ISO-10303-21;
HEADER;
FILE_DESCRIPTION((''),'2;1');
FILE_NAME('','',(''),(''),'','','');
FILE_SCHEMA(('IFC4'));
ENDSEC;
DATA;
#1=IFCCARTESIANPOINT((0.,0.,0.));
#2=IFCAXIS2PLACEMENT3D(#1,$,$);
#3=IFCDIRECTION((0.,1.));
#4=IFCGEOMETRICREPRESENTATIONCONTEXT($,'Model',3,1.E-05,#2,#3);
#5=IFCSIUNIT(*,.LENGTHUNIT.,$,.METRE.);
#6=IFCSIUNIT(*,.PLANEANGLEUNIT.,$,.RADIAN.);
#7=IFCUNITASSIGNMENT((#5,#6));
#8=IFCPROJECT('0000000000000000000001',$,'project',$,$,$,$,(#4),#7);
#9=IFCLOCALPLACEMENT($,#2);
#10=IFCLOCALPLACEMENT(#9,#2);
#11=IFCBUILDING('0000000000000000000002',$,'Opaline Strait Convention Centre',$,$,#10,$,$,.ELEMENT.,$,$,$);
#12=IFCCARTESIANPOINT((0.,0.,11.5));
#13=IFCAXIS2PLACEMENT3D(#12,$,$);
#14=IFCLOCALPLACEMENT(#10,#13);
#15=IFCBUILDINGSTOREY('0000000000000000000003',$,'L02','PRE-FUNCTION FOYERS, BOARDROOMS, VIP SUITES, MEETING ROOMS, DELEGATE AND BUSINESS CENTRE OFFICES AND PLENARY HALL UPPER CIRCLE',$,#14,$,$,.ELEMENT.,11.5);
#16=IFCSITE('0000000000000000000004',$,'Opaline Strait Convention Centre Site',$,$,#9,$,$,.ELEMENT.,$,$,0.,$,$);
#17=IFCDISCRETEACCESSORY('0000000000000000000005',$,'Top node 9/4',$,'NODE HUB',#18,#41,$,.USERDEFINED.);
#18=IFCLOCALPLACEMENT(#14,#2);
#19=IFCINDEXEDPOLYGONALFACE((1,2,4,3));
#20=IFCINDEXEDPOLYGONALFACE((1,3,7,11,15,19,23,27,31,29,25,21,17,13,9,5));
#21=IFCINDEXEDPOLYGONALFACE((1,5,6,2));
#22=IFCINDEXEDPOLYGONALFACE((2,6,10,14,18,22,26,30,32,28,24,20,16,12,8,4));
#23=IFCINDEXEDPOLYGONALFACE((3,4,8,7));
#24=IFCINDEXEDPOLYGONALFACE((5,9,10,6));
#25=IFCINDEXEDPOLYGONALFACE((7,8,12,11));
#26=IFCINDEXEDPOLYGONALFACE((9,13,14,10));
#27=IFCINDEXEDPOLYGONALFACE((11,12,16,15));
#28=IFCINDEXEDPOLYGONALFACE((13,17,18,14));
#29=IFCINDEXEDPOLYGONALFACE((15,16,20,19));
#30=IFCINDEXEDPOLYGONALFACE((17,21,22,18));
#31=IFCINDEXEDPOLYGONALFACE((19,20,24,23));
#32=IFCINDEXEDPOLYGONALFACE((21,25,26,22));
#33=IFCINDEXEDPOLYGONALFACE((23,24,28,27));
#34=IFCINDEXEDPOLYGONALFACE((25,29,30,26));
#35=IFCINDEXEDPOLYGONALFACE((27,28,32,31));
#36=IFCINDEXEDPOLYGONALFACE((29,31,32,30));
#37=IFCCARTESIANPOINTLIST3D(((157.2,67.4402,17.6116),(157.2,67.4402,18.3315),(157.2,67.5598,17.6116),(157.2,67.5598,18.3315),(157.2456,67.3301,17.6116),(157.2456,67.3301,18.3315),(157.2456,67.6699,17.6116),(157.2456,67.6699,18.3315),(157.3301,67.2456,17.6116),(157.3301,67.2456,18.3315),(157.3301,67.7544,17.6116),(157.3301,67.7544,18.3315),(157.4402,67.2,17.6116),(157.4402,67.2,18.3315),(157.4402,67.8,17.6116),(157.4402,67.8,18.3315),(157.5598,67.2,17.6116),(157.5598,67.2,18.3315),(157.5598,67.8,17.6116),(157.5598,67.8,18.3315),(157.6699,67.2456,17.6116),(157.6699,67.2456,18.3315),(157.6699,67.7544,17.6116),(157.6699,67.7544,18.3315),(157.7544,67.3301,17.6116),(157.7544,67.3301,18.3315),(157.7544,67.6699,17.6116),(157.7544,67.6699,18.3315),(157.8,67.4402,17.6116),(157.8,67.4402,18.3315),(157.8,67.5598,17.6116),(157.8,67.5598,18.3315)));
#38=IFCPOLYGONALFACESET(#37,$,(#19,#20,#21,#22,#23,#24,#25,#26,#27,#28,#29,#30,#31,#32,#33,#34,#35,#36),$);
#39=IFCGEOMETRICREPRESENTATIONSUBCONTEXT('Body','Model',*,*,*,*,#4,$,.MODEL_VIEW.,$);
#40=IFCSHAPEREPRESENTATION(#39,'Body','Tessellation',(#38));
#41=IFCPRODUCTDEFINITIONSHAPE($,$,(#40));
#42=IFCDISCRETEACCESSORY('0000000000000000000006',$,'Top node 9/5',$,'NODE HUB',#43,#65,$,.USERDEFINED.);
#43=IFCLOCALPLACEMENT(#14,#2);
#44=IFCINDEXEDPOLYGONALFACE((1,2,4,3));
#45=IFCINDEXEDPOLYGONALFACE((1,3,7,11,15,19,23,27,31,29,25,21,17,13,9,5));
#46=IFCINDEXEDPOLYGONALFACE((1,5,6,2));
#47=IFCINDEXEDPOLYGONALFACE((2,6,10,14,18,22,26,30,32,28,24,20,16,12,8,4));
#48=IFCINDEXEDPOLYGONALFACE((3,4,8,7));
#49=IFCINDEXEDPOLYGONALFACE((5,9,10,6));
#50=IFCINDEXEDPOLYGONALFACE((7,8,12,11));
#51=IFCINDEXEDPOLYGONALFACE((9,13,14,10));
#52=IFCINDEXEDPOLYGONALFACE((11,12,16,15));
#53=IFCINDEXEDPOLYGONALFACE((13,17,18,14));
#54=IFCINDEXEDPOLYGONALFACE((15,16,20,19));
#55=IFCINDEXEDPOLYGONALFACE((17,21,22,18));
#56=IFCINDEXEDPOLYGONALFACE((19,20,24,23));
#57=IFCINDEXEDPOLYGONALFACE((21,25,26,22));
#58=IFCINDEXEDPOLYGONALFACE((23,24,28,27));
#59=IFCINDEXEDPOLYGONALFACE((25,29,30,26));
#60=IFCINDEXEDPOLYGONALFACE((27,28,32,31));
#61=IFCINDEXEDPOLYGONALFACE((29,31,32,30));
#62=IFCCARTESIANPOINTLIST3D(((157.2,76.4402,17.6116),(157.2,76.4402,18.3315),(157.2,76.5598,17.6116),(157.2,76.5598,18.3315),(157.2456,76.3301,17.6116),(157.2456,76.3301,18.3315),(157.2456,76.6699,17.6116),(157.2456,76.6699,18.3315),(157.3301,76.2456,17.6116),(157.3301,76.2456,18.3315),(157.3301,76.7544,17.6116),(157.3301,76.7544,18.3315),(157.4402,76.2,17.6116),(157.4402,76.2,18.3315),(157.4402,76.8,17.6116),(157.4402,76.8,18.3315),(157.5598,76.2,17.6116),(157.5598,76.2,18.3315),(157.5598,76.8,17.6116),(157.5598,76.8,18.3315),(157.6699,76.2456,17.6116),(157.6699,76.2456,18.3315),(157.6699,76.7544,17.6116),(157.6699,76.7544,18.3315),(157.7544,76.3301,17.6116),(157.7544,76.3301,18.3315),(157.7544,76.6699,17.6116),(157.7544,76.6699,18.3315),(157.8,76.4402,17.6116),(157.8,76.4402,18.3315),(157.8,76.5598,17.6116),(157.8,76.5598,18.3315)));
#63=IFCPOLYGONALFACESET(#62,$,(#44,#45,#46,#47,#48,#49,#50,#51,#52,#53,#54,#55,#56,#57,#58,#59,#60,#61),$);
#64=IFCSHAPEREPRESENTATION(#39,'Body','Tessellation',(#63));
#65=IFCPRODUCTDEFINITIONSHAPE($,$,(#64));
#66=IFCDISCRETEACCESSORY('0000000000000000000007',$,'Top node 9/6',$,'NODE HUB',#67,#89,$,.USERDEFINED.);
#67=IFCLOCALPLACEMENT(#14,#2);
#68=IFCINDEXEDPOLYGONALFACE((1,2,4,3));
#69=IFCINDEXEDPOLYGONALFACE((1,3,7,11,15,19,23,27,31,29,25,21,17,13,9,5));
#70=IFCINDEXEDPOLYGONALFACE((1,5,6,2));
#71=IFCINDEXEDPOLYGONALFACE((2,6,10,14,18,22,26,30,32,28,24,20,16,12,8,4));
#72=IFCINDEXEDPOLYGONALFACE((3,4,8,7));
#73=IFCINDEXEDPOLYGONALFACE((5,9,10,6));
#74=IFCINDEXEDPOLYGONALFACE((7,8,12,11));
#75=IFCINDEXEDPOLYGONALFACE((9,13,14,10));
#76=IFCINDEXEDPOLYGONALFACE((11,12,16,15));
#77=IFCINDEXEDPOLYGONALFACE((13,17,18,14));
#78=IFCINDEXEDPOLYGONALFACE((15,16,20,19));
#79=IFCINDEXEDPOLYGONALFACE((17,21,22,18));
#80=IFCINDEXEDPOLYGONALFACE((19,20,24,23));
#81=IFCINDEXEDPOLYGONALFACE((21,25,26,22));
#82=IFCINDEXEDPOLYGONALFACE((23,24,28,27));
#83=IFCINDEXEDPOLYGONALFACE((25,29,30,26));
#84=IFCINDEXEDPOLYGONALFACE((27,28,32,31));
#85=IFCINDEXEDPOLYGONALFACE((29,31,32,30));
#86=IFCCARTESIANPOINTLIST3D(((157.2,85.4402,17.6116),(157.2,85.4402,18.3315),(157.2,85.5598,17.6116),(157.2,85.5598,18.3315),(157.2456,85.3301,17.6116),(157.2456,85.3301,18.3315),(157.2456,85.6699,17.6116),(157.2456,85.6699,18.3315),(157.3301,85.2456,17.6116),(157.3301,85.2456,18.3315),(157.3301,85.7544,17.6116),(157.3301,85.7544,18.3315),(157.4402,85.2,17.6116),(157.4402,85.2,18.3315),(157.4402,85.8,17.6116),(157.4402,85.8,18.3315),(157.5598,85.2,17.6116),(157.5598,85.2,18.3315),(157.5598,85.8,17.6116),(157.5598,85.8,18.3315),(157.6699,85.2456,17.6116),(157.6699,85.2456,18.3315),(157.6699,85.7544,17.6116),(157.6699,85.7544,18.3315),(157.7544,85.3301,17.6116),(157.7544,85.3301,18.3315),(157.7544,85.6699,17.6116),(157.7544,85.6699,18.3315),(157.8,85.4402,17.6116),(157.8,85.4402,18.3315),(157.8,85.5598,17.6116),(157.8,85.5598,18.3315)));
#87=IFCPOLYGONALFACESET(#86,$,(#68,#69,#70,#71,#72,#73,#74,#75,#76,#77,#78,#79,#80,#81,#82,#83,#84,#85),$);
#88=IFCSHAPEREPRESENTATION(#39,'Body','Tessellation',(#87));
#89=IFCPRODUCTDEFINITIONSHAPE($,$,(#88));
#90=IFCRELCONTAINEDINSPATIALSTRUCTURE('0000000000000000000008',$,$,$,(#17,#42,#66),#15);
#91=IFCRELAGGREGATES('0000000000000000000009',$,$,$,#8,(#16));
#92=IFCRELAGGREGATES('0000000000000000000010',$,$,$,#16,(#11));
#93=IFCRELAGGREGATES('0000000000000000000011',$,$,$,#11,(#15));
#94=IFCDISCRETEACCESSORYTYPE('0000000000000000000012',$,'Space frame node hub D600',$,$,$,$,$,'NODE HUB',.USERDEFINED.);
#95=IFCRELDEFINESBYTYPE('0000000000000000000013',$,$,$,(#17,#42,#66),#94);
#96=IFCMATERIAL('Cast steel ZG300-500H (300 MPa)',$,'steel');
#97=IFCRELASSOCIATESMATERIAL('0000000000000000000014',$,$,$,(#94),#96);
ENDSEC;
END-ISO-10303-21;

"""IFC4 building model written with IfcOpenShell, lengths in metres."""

from ifc_helpers import new_model, si_unit, direction, frame, origin, place, context, subcontext, project, spatial, polyline, outline, extrude, material, type_object, element, save


model = new_model("IFC4")

# Units and contexts
model_context = context("Model", 3, precision=1e-05, world=origin(), true_north=direction((0.0, 1.0)))
body_context = subcontext(model_context, "Body", "Model", "MODEL_VIEW")
ifc_project = project(units=[si_unit("LENGTHUNIT", "METRE"), si_unit("PLANEANGLEUNIT", "RADIAN")], contexts=[model_context])

# Site, building, storey
site_placement = place(None, origin())
site = spatial("IfcSite", under=ifc_project, at=site_placement, Name="Opaline Strait Convention Centre Site", CompositionType="ELEMENT", RefElevation=0.0)
building_placement = place(site_placement, origin())
building = spatial("IfcBuilding", under=site, at=building_placement, Name="Opaline Strait Convention Centre", CompositionType="ELEMENT")
storey_placement = place(building_placement, frame((0.0, 0.0, 11.5)))
storey = spatial("IfcBuildingStorey", under=building, at=storey_placement, Name="L02", Description="PRE-FUNCTION FOYERS, BOARDROOMS, VIP SUITES, MEETING ROOMS, DELEGATE AND BUSINESS CENTRE OFFICES AND PLENARY HALL UPPER CIRCLE", CompositionType="ELEMENT", Elevation=11.5)

# Discrete accessories
ifc_material = material(Name="Cast steel ZG300-500H (300 MPa)", Category="steel")
discrete_accessory_type = type_object("IfcDiscreteAccessoryType", Name="Space frame node hub D600", ElementType="NODE HUB", PredefinedType="USERDEFINED", material=ifc_material)
discrete_accessory_1_placement = place(storey_placement, frame((0.0, 0.0, 17.6116)))
element("IfcDiscreteAccessory", 1, at=discrete_accessory_1_placement, inside=storey, type_object=discrete_accessory_type, Name="Top node 9/4", ObjectType="NODE HUB", PredefinedType="USERDEFINED", context=body_context, shape_type="SweptSolid", body=[
    extrude(outline(polyline([(157.8, 67.5598), (157.7544, 67.6699), (157.6699, 67.7544), (157.5598, 67.8), (157.4402, 67.8), (157.3301, 67.7544), (157.2456, 67.6699), (157.2, 67.5598), (157.2, 67.4402), (157.2456, 67.3301), (157.3301, 67.2456), (157.4402, 67.2), (157.5598, 67.2), (157.6699, 67.2456), (157.7544, 67.3301), (157.8, 67.4402), (157.8, 67.5598)])), origin(), (0.0, 0.0, 1.0), 0.72),
])
discrete_accessory_2_placement = place(storey_placement, frame((0.0, 0.0, 17.6116)))
element("IfcDiscreteAccessory", 2, at=discrete_accessory_2_placement, inside=storey, type_object=discrete_accessory_type, Name="Top node 9/5", ObjectType="NODE HUB", PredefinedType="USERDEFINED", context=body_context, shape_type="SweptSolid", body=[
    extrude(outline(polyline([(157.8, 76.5598), (157.7544, 76.6699), (157.6699, 76.7544), (157.5598, 76.8), (157.4402, 76.8), (157.3301, 76.7544), (157.2456, 76.6699), (157.2, 76.5598), (157.2, 76.4402), (157.2456, 76.3301), (157.3301, 76.2456), (157.4402, 76.2), (157.5598, 76.2), (157.6699, 76.2456), (157.7544, 76.3301), (157.8, 76.4402), (157.8, 76.5598)])), origin(), (0.0, 0.0, 1.0), 0.72),
])
discrete_accessory_3_placement = place(storey_placement, frame((0.0, 0.0, 17.6116)))
element("IfcDiscreteAccessory", 3, at=discrete_accessory_3_placement, inside=storey, type_object=discrete_accessory_type, Name="Top node 9/6", ObjectType="NODE HUB", PredefinedType="USERDEFINED", context=body_context, shape_type="SweptSolid", body=[
    extrude(outline(polyline([(157.8, 85.5598), (157.7544, 85.6699), (157.6699, 85.7544), (157.5598, 85.8), (157.4402, 85.8), (157.3301, 85.7544), (157.2456, 85.6699), (157.2, 85.5598), (157.2, 85.4402), (157.2456, 85.3301), (157.3301, 85.2456), (157.4402, 85.2), (157.5598, 85.2), (157.6699, 85.2456), (157.7544, 85.3301), (157.8, 85.4402), (157.8, 85.5598)])), origin(), (0.0, 0.0, 1.0), 0.72),
])

save(model, "model.ifc")
